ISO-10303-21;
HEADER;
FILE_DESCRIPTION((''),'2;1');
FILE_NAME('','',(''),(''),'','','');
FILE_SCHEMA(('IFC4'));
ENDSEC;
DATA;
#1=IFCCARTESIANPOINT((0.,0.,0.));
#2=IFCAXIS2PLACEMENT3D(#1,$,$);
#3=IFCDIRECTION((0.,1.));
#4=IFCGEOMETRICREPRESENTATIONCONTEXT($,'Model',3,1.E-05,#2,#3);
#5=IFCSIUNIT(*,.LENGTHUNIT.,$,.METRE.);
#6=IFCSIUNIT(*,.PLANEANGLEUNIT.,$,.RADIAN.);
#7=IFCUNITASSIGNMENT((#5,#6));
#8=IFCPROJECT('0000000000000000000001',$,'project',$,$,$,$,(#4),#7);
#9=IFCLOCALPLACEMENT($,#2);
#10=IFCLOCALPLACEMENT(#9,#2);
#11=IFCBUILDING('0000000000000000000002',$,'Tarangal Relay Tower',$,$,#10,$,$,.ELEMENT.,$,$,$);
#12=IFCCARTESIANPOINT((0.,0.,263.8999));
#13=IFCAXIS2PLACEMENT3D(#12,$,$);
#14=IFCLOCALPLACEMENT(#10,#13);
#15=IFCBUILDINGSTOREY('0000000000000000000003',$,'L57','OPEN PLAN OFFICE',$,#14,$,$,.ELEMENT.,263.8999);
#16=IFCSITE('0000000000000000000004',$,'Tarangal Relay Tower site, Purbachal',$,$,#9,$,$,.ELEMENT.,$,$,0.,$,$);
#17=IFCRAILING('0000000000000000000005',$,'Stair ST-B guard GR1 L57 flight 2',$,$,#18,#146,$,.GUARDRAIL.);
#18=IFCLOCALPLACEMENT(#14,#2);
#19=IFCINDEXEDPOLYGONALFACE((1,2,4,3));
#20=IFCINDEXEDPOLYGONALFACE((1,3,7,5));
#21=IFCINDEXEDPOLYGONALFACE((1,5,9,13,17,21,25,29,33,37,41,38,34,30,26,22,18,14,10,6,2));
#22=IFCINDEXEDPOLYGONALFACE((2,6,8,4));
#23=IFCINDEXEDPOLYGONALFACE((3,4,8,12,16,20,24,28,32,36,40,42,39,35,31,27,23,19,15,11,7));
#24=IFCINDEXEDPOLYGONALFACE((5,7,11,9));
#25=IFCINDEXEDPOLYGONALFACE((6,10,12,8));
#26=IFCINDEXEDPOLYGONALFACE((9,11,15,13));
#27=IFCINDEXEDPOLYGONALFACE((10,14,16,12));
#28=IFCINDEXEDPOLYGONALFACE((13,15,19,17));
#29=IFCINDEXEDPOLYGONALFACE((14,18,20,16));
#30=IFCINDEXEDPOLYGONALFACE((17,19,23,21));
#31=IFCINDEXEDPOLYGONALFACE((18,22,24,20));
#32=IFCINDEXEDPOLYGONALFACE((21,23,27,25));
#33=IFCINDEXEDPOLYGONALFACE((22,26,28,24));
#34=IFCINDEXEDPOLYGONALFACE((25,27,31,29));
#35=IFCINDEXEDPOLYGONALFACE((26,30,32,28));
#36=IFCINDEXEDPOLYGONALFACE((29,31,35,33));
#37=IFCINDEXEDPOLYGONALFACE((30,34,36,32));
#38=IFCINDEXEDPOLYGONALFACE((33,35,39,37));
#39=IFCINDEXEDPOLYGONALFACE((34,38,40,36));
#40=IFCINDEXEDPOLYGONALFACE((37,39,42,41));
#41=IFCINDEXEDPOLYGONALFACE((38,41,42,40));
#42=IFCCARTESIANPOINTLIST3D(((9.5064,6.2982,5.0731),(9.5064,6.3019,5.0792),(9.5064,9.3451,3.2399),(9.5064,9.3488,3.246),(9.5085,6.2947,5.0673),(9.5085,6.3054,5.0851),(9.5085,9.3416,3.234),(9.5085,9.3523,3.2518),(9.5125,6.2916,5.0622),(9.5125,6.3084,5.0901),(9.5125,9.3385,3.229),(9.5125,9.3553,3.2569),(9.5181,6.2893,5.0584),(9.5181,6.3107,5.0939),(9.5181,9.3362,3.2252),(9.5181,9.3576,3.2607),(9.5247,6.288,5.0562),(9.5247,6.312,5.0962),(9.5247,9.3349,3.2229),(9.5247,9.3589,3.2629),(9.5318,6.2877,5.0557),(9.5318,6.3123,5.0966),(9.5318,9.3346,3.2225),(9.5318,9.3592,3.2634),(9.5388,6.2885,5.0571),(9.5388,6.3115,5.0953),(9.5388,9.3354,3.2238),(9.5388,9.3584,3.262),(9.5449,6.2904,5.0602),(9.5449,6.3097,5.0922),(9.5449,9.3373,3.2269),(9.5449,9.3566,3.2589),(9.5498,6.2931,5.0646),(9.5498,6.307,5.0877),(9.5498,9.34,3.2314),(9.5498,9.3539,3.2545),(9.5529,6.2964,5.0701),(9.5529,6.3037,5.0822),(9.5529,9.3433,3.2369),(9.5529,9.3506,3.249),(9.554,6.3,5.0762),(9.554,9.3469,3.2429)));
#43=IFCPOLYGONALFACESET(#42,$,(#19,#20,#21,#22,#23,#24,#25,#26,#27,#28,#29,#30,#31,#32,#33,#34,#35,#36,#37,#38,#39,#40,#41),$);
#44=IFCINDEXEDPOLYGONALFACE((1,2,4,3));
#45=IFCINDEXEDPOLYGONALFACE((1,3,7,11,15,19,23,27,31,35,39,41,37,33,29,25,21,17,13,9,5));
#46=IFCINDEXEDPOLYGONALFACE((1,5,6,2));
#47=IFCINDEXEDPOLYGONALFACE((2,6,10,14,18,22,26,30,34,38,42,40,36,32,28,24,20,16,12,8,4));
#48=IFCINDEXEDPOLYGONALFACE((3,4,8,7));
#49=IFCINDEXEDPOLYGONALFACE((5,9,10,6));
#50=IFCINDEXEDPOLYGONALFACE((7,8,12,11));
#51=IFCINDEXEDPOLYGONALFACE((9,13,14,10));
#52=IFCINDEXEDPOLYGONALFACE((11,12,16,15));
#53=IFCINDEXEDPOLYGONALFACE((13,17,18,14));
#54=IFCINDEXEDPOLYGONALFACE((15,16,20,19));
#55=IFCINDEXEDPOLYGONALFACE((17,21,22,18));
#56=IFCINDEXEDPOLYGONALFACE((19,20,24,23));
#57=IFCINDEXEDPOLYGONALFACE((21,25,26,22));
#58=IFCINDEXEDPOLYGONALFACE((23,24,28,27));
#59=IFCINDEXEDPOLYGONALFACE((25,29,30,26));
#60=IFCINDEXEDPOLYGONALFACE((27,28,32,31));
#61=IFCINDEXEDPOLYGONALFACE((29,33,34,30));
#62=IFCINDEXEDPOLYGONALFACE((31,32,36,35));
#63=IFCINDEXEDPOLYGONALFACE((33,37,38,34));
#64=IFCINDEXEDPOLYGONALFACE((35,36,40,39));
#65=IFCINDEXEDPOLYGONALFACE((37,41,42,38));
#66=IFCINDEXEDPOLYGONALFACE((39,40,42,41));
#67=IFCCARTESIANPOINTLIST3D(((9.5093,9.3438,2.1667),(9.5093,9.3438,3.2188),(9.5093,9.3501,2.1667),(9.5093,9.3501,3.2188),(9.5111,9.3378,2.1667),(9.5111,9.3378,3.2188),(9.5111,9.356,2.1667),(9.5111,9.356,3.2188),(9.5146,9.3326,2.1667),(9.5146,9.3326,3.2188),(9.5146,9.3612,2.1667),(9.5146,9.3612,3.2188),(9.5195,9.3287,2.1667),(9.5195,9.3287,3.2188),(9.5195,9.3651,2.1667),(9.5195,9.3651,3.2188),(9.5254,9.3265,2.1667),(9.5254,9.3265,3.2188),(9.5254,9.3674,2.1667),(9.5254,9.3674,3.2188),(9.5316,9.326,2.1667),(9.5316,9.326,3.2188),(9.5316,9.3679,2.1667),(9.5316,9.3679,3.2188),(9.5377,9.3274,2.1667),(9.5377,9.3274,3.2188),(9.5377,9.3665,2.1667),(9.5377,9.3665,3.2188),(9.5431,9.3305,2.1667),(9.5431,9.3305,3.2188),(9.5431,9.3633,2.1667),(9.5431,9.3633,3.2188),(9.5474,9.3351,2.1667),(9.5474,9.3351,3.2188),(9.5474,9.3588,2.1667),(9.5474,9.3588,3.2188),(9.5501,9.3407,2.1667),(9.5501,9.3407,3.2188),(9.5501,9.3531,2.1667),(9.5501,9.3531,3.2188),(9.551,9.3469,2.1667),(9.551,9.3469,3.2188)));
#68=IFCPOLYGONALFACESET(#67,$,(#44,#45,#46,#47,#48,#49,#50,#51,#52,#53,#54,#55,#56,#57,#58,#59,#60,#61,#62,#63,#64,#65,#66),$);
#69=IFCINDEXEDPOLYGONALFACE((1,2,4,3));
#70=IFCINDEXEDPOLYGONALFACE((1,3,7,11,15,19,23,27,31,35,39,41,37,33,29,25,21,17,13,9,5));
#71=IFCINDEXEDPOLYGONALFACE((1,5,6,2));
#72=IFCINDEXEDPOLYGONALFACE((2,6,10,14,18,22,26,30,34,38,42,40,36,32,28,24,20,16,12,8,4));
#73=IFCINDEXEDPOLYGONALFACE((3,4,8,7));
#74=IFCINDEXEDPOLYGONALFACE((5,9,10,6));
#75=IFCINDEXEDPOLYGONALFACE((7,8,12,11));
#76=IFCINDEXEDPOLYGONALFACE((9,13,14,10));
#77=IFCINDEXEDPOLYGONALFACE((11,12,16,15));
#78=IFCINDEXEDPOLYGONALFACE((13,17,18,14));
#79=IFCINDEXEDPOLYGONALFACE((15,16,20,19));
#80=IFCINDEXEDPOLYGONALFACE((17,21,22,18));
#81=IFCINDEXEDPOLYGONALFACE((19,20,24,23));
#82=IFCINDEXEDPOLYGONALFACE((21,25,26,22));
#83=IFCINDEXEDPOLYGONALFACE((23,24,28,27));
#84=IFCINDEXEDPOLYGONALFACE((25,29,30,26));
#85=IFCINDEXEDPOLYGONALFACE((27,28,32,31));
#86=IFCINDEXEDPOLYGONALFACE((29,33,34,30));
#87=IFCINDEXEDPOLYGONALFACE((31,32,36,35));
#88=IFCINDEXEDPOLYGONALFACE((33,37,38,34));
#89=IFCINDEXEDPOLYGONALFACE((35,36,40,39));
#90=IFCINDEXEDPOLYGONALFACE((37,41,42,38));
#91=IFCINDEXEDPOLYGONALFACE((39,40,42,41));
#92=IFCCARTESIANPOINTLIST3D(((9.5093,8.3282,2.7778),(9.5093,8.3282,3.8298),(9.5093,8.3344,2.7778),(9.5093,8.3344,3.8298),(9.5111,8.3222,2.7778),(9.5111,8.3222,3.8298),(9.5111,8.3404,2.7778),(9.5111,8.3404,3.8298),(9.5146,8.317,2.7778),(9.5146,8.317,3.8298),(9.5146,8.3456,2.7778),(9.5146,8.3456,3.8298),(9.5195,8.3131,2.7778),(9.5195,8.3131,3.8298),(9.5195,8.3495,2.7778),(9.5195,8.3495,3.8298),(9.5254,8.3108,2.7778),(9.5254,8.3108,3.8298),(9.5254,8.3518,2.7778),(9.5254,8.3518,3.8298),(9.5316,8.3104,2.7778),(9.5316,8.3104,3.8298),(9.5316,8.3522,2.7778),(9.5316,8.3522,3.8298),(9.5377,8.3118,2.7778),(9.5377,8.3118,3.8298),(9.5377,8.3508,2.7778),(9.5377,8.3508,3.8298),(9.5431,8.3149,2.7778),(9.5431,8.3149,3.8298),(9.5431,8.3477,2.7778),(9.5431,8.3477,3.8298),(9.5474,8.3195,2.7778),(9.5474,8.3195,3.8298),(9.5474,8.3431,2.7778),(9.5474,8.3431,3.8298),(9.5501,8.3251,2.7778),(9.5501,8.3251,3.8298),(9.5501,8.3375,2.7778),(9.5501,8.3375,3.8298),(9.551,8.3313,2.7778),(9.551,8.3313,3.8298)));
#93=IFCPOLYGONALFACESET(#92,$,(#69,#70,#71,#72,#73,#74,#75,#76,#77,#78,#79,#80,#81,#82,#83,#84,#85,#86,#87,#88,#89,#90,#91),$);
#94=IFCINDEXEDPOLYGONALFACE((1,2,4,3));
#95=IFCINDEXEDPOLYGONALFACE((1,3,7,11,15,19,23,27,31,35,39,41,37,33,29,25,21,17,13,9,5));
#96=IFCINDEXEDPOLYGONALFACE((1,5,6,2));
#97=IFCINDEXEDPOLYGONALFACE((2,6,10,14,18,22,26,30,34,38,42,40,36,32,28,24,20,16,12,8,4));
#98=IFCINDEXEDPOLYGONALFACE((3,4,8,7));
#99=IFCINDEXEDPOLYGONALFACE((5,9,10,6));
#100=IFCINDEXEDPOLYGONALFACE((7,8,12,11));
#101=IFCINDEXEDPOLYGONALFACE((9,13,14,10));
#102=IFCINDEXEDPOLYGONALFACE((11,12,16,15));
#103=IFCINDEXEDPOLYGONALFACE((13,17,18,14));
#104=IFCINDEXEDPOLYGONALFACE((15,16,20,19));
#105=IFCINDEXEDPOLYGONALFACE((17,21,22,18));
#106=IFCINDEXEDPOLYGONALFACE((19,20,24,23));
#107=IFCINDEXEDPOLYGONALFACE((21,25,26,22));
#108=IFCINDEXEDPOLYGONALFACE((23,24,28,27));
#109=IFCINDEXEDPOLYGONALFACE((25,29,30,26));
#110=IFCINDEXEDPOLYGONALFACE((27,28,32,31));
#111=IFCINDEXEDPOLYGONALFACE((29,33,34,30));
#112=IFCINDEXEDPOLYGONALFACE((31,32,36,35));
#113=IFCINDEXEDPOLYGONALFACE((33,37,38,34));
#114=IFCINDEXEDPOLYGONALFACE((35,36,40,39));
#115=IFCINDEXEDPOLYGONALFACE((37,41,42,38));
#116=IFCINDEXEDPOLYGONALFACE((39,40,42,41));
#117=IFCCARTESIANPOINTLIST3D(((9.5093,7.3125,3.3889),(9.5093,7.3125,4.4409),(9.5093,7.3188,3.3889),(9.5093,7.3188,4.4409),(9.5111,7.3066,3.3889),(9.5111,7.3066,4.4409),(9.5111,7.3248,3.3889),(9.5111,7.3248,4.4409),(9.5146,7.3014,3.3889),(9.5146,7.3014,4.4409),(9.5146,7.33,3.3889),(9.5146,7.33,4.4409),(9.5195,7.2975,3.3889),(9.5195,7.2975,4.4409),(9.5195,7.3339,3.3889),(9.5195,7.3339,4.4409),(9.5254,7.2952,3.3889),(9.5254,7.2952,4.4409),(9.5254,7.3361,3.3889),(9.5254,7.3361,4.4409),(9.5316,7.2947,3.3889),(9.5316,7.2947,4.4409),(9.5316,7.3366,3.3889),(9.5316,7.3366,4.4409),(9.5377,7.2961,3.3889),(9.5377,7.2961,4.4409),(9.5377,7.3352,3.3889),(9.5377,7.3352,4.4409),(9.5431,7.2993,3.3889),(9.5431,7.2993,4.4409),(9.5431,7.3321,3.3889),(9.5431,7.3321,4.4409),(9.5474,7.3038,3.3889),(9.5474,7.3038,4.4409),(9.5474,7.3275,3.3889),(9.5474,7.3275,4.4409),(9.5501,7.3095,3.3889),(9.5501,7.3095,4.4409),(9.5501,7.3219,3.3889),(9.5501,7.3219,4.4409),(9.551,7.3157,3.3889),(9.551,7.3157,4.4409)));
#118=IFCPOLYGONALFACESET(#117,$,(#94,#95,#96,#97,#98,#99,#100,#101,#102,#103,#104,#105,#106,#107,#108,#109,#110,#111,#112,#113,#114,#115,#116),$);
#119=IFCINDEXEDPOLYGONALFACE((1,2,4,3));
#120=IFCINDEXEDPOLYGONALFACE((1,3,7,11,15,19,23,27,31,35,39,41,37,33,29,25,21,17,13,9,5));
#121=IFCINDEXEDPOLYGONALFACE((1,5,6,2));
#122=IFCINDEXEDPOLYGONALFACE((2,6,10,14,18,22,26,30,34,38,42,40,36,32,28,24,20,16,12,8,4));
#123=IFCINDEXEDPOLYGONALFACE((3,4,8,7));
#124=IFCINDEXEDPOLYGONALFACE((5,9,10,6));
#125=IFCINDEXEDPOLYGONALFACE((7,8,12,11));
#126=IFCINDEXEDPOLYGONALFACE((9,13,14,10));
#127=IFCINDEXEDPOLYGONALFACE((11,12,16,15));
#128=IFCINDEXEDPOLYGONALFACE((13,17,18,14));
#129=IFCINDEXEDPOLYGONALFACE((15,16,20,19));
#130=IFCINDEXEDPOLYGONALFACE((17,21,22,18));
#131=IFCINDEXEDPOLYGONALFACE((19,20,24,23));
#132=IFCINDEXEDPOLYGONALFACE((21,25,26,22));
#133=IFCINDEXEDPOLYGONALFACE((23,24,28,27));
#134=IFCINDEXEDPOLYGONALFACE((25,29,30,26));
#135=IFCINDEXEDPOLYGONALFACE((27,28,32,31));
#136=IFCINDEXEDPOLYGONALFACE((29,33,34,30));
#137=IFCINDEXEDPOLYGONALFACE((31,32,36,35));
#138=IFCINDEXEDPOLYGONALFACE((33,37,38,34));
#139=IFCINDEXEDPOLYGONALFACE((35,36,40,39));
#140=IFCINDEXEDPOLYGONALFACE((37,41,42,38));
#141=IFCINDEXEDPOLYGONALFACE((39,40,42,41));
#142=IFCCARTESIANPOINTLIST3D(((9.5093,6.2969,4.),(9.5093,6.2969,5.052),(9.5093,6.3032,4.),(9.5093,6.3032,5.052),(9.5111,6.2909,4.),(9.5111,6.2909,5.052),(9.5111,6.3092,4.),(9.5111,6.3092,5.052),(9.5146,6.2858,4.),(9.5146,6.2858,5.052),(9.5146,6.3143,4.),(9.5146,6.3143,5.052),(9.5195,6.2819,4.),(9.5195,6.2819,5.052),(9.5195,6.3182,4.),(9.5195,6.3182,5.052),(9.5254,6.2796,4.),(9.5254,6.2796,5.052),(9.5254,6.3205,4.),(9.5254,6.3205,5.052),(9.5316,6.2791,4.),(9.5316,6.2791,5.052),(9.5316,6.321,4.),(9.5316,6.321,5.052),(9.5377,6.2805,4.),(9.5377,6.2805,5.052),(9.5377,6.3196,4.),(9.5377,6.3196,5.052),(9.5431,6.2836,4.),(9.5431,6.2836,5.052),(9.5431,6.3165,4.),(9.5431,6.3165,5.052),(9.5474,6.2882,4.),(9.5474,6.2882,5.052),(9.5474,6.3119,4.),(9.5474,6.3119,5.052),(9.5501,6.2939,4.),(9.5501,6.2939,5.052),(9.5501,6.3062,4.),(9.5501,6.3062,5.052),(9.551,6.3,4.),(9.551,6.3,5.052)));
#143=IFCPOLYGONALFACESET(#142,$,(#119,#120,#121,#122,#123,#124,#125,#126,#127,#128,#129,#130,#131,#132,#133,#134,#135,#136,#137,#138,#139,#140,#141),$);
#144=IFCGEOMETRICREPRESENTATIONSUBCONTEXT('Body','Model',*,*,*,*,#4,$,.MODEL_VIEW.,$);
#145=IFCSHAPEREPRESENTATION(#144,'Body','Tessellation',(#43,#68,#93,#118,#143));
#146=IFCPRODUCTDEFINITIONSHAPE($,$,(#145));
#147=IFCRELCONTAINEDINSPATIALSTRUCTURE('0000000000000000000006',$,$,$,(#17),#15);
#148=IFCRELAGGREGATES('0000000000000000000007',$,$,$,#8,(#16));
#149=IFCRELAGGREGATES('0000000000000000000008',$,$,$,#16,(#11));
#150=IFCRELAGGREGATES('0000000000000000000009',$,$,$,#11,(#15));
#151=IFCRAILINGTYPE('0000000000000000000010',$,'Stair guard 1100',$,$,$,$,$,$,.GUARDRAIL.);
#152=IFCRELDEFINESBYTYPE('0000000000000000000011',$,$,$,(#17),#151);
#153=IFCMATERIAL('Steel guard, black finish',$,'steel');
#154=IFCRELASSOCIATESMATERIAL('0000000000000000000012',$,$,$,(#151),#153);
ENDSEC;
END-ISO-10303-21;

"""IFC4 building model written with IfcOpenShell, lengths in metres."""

from ifc_helpers import new_model, si_unit, direction, frame, origin, origin_2d, place, context, subcontext, project, spatial, circle, extrude, material, type_object, element, save


model = new_model("IFC4")

# Units and contexts
model_context = context("Model", 3, precision=1e-05, world=origin(), true_north=direction((0.0, 1.0)))
body_context = subcontext(model_context, "Body", "Model", "MODEL_VIEW")
ifc_project = project(units=[si_unit("LENGTHUNIT", "METRE"), si_unit("PLANEANGLEUNIT", "RADIAN")], contexts=[model_context])

# Site, building, storey
site_placement = place(None, origin())
site = spatial("IfcSite", under=ifc_project, at=site_placement, Name="Tarangal Relay Tower site, Purbachal", CompositionType="ELEMENT", RefElevation=0.0)
building_placement = place(site_placement, origin())
building = spatial("IfcBuilding", under=site, at=building_placement, Name="Tarangal Relay Tower", CompositionType="ELEMENT")
storey_placement = place(building_placement, frame((0.0, 0.0, 263.8999)))
storey = spatial("IfcBuildingStorey", under=building, at=storey_placement, Name="L57", Description="OPEN PLAN OFFICE", CompositionType="ELEMENT", Elevation=263.8999)

# Railing
ifc_material_1 = material(Name="Steel guard, black finish", Category="steel")
railing_type_1 = type_object("IfcRailingType", Name="Stair guard 1100", PredefinedType="GUARDRAIL", material=ifc_material_1)
railing_1_placement = place(storey_placement, frame((9.53, 9.3469, 2.1667)))
element("IfcRailing", 1, at=railing_1_placement, inside=storey, type_object=railing_type_1, Name="Stair ST-B guard GR1 L57 flight 2", PredefinedType="GUARDRAIL", context=body_context, shape_type="SweptSolid", body=[
    extrude(circle(Radius=0.0239, at=origin_2d()), frame((0.0, 0.0, 1.0762), z_axis=(0.0, -0.856856, 0.515556), x_axis=(1.0, 0.0, 0.0)), (0.0, 0.0, 1.0), 3.5559),
    extrude(circle(Radius=0.021, at=origin_2d()), origin(), (0.0, 0.0, 1.0), 1.052),
    extrude(circle(Radius=0.021, at=origin_2d()), frame((0.0, -1.0156, 0.6111)), (0.0, 0.0, 1.0), 1.052),
    extrude(circle(Radius=0.021, at=origin_2d()), frame((0.0, -2.0312, 1.2222)), (0.0, 0.0, 1.0), 1.052),
    extrude(circle(Radius=0.021, at=origin_2d()), frame((0.0, -3.0469, 1.8333)), (0.0, 0.0, 1.0), 1.052),
])

save(model, "model.ifc")
